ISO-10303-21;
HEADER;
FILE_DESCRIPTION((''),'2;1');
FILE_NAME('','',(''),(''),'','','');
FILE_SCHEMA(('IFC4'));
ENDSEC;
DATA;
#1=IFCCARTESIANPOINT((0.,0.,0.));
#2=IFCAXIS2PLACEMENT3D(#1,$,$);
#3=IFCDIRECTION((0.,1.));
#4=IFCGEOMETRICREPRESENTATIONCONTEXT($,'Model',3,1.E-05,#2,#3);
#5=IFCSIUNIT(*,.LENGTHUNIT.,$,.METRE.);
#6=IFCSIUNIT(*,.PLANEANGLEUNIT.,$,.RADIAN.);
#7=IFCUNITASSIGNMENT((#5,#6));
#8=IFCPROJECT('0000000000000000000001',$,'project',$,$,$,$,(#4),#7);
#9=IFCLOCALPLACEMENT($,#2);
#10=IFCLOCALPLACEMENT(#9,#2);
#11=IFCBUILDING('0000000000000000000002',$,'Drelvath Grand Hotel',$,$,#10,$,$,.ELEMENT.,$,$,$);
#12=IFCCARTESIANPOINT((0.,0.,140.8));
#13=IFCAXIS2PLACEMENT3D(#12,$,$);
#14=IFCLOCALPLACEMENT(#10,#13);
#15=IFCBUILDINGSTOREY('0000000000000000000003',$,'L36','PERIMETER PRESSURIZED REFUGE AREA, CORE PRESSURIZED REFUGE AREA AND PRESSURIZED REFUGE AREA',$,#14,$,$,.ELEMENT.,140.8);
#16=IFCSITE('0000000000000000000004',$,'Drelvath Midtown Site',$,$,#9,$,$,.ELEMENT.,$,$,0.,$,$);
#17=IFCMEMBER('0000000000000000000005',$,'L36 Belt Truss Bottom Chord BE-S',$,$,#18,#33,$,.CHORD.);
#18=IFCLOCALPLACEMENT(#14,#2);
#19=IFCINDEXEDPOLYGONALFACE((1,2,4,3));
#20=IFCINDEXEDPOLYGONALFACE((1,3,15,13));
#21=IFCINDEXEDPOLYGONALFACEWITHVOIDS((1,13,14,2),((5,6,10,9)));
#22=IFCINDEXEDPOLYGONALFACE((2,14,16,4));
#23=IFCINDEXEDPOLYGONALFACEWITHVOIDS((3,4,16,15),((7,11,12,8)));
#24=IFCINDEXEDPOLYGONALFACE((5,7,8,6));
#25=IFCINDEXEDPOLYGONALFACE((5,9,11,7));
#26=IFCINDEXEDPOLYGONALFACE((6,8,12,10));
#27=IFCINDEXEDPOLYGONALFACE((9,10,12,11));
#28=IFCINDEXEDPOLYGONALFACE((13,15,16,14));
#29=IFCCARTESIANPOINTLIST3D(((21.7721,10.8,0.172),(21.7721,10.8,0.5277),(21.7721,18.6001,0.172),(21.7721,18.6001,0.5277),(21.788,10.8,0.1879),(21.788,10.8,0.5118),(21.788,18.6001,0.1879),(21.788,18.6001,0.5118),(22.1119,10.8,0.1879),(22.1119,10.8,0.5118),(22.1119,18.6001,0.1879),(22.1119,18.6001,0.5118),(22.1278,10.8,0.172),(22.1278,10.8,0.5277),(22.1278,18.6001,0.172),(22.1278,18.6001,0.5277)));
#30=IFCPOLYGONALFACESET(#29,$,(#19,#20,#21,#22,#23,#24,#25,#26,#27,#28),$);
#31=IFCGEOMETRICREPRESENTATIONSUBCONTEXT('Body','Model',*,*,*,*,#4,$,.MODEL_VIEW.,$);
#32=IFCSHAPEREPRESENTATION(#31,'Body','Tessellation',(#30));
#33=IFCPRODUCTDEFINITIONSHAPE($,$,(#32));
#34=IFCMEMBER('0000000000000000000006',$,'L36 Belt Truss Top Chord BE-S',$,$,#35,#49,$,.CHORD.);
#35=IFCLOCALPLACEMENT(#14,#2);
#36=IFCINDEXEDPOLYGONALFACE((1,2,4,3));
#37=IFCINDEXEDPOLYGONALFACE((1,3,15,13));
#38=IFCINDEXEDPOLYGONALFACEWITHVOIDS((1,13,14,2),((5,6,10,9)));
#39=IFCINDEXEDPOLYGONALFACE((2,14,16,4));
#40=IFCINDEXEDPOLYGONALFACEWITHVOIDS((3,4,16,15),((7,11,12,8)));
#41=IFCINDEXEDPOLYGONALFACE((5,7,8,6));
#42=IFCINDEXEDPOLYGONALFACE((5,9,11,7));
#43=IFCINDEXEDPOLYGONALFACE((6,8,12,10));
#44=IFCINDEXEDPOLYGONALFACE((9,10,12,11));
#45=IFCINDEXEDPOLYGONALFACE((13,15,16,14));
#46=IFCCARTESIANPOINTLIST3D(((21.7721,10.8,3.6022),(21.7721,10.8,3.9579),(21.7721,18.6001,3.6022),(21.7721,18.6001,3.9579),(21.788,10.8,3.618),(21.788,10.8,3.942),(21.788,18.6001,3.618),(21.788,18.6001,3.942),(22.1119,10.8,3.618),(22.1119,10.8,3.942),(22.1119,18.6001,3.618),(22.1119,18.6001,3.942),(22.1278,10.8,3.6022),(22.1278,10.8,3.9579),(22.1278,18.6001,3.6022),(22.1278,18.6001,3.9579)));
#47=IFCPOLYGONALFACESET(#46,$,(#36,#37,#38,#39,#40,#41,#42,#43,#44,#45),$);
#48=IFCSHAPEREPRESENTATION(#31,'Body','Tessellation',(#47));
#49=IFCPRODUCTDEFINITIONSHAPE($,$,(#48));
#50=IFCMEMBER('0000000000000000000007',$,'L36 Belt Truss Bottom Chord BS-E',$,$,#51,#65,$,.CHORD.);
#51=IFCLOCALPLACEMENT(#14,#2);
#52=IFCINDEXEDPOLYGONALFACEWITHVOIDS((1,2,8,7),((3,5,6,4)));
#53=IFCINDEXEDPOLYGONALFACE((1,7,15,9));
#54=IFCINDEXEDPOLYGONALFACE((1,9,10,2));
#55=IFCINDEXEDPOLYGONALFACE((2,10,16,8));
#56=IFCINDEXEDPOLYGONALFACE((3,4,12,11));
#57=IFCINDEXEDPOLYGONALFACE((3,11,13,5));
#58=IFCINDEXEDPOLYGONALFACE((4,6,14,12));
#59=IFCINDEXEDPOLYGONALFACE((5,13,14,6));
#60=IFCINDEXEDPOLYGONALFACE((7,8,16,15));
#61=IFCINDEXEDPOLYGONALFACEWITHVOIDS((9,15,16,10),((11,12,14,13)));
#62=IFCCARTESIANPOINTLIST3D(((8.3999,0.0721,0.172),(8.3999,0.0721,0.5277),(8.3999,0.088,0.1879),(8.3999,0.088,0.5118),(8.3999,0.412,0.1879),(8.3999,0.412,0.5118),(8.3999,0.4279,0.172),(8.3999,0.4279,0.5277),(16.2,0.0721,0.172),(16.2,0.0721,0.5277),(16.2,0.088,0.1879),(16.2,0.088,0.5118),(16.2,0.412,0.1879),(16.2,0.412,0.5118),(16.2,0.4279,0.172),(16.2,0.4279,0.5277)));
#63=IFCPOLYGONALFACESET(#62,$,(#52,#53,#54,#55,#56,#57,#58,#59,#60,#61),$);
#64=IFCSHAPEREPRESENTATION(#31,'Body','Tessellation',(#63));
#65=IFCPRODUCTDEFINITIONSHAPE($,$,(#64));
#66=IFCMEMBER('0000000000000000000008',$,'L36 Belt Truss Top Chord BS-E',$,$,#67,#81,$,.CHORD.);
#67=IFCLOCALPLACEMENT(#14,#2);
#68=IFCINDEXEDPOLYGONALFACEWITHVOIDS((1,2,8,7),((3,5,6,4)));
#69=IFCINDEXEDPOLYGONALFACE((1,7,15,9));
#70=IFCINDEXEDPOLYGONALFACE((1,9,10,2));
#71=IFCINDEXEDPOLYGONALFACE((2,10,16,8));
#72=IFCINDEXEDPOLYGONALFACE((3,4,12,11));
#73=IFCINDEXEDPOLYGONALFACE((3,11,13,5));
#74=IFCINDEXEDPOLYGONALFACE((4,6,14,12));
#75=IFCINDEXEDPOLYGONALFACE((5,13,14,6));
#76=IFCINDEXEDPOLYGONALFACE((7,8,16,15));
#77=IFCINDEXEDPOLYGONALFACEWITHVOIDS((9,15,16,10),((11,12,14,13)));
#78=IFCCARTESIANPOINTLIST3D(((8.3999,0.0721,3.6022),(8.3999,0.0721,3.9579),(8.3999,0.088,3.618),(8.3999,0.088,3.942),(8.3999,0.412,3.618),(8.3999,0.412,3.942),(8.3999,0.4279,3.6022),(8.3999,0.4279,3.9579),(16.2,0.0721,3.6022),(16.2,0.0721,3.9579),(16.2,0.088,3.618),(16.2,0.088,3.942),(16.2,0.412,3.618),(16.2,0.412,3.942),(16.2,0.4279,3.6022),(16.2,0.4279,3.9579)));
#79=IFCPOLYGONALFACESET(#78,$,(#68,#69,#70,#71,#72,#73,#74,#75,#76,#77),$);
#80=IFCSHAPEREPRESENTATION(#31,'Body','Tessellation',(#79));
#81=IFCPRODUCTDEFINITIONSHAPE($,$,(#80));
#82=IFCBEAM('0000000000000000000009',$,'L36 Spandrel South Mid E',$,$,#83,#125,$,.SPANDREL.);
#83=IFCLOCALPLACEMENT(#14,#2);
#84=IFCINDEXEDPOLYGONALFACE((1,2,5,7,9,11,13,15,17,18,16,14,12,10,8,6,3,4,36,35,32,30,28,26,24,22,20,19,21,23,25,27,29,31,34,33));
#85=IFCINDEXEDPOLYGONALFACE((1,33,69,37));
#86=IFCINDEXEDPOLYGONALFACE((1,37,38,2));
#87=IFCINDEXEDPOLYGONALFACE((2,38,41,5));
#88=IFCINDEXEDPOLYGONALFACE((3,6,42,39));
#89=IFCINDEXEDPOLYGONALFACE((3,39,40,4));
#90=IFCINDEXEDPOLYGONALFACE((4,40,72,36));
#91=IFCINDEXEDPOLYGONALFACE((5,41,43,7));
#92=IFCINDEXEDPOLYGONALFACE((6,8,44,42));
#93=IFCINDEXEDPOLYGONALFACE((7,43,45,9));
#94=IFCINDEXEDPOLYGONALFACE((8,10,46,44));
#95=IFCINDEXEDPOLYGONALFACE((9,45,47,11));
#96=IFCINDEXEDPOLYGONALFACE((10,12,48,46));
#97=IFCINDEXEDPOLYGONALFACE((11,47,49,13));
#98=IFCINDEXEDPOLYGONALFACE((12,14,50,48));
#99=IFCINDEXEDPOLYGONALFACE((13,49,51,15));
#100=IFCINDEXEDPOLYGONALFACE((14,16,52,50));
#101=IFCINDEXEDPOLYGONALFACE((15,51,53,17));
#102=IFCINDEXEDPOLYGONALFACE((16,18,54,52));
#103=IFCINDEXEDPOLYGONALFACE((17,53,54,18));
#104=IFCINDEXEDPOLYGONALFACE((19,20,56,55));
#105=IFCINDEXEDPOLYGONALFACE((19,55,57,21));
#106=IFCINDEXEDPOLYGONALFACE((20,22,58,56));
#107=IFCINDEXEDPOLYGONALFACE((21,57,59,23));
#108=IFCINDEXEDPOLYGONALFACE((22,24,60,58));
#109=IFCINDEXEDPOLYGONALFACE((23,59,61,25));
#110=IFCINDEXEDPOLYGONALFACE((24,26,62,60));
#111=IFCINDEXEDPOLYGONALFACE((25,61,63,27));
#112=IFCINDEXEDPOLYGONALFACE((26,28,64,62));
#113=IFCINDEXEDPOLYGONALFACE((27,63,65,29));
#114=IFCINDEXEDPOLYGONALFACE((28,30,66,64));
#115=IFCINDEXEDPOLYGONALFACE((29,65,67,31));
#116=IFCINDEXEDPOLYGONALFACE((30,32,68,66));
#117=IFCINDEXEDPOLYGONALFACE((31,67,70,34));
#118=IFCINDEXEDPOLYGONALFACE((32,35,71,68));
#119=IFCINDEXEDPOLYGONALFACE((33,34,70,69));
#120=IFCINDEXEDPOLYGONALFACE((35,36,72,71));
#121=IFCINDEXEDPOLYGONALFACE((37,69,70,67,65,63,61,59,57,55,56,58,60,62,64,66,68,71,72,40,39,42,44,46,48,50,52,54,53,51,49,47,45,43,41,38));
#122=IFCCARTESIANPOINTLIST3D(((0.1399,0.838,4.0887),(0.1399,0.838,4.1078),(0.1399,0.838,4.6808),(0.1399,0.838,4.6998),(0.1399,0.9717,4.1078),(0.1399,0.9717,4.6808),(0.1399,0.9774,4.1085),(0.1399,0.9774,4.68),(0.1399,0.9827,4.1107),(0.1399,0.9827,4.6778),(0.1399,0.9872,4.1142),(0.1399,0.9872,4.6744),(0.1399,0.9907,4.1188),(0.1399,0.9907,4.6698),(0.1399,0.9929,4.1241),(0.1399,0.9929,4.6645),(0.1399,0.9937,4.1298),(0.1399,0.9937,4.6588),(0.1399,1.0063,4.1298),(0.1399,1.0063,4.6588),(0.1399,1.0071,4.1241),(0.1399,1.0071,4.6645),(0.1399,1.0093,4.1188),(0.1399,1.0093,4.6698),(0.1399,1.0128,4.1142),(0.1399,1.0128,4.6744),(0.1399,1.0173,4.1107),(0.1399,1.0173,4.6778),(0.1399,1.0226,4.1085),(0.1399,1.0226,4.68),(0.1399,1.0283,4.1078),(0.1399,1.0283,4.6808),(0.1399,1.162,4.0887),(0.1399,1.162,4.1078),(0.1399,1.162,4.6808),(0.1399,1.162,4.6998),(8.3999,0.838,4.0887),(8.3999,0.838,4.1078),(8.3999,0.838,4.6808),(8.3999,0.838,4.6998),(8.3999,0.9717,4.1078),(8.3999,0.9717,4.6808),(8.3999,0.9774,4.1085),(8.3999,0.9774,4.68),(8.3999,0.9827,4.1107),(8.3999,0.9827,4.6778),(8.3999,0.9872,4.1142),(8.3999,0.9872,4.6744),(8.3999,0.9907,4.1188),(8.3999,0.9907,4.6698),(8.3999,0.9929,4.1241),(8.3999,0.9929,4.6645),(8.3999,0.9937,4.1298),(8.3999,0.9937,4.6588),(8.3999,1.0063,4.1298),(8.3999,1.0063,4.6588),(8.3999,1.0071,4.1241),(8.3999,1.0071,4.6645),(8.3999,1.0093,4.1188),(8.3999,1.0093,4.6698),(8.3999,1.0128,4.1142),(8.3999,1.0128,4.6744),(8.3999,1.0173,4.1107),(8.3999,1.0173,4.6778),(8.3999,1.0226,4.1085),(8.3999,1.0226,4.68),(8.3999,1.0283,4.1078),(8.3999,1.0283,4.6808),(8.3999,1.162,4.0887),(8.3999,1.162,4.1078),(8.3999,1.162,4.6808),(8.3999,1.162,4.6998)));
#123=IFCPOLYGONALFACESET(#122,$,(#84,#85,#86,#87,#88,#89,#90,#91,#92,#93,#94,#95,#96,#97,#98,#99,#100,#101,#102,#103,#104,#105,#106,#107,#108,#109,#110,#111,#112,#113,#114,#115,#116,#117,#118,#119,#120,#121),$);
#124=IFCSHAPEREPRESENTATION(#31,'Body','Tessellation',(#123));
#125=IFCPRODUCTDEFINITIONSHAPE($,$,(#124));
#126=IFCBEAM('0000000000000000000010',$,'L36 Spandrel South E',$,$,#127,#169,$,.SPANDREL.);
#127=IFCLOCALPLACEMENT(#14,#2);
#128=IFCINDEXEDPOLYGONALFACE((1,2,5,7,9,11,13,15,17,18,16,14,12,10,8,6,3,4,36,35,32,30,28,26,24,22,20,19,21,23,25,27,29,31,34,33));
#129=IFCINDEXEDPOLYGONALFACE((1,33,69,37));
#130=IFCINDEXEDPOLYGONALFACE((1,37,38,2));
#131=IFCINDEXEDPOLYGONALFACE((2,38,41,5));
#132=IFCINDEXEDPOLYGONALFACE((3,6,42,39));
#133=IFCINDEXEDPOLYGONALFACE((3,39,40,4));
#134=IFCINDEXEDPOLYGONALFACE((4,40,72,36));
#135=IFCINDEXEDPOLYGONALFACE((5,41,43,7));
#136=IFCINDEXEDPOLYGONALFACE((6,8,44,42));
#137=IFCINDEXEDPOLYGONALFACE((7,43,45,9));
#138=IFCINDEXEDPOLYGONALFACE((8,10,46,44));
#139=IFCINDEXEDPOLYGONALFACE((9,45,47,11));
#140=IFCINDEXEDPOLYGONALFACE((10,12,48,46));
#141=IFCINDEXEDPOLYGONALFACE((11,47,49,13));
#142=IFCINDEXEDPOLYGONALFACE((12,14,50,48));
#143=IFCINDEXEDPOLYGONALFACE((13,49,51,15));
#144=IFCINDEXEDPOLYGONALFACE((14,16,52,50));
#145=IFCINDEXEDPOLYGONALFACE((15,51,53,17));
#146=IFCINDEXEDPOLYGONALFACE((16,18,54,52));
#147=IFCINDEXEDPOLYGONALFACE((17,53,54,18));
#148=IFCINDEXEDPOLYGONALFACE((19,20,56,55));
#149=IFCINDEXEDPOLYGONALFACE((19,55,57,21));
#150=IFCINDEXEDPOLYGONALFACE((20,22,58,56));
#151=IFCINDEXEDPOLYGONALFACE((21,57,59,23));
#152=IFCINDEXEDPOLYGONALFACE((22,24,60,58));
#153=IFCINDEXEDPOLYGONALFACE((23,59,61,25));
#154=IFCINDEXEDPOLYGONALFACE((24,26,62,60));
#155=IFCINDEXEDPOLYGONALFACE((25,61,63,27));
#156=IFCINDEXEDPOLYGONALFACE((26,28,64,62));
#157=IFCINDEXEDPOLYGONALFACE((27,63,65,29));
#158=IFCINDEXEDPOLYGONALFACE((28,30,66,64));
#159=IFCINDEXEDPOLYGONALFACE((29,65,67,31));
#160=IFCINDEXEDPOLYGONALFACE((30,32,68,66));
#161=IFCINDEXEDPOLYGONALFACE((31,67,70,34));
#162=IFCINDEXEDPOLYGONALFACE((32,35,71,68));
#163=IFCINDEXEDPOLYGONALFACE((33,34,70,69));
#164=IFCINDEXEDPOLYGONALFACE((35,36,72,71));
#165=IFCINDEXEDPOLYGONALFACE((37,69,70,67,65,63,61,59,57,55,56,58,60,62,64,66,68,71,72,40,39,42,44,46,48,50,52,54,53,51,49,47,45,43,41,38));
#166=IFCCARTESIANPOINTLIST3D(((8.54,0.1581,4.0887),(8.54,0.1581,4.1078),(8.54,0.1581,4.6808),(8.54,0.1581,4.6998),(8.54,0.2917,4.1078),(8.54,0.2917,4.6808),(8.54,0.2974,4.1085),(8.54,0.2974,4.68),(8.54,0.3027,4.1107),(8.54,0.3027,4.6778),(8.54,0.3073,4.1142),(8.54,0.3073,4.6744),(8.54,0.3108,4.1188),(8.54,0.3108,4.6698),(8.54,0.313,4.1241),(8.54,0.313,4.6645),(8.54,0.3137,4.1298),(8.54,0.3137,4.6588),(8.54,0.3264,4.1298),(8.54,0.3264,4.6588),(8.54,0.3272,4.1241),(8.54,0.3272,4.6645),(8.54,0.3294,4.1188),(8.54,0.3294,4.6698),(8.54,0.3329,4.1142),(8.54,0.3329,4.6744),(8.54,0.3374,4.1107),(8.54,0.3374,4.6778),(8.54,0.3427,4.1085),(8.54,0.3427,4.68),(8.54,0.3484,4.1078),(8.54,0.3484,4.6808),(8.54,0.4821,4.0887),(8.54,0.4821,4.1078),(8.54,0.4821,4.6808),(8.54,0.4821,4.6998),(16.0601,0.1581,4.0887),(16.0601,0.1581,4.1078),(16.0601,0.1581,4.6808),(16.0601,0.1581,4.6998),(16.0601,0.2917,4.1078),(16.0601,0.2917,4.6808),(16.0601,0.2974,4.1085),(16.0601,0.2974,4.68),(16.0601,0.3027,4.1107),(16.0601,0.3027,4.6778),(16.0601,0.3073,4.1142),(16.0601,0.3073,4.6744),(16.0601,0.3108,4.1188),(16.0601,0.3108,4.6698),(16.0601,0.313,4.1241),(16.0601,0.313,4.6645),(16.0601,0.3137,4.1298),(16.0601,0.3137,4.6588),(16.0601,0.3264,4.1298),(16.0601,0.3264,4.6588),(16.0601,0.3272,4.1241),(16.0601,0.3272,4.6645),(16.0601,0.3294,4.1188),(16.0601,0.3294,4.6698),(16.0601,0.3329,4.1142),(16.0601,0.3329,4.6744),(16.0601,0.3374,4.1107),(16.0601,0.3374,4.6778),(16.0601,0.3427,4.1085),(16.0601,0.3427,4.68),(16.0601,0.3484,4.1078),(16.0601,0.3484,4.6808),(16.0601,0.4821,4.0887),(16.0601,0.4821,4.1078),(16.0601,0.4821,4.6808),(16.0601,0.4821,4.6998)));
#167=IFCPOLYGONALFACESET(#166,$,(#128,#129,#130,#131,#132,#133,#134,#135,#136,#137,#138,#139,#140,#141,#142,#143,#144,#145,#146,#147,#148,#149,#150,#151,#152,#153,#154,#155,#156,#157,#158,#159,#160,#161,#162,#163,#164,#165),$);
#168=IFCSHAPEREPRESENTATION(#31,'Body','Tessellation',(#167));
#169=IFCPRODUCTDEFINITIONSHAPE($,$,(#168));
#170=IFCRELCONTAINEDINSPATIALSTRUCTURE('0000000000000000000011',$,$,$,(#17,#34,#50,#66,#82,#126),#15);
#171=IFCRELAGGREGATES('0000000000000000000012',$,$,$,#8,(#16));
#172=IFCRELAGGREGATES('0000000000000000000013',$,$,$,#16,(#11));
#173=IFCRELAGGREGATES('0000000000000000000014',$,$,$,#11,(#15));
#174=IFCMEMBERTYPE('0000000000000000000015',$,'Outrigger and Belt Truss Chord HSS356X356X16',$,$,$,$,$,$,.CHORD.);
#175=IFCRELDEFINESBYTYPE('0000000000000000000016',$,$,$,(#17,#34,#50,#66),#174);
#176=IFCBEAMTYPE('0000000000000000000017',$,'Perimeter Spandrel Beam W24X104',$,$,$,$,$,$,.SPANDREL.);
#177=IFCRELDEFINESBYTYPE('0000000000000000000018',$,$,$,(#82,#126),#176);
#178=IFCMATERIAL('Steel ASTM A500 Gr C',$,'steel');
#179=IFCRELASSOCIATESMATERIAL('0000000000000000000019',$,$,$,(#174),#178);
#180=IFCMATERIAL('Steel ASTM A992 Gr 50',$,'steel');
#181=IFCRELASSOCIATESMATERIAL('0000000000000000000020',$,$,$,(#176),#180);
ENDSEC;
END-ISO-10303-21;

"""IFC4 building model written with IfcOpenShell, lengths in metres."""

from ifc_helpers import new_model, si_unit, direction, frame, origin, origin_2d, place, context, subcontext, project, spatial, hollow_rectangle, i_section, extrude, material, material_profile, profile_set, type_object, element, save


model = new_model("IFC4")

# Units and contexts
model_context = context("Model", 3, precision=1e-05, world=origin(), true_north=direction((0.0, 1.0)))
body_context = subcontext(model_context, "Body", "Model", "MODEL_VIEW")
ifc_project = project(units=[si_unit("LENGTHUNIT", "METRE"), si_unit("PLANEANGLEUNIT", "RADIAN")], contexts=[model_context])

# Site, building, storey
site_placement = place(None, origin())
site = spatial("IfcSite", under=ifc_project, at=site_placement, Name="Drelvath Midtown Site", CompositionType="ELEMENT", RefElevation=0.0)
building_placement = place(site_placement, origin())
building = spatial("IfcBuilding", under=site, at=building_placement, Name="Drelvath Grand Hotel", CompositionType="ELEMENT")
storey_placement = place(building_placement, frame((0.0, 0.0, 140.8)))
storey = spatial("IfcBuildingStorey", under=building, at=storey_placement, Name="L36", Description="PERIMETER PRESSURIZED REFUGE AREA, CORE PRESSURIZED REFUGE AREA AND PRESSURIZED REFUGE AREA", CompositionType="ELEMENT", Elevation=140.8)

# Shared definitions
ifc_material_1 = material(Name="Steel ASTM A992 Gr 50", Category="steel")

# Members
ifc_material_2 = material(Name="Steel ASTM A500 Gr C", Category="steel")
ifc_material_profile_1 = material_profile(ifc_material_2, hollow_rectangle(XDim=0.3557, YDim=0.3557, WallThickness=0.0159, at=origin_2d()), Name="HSS356X356X16")
ifc_profile_set_1 = profile_set([ifc_material_profile_1], Name="Steel ASTM A500 Gr C")
member_type_1 = type_object("IfcMemberType", Name="Outrigger and Belt Truss Chord HSS356X356X16", PredefinedType="CHORD", material=ifc_profile_set_1)
for number, where, z_axis, x_axis, name in (
    (1, (21.95, 10.8, 0.3499), (0.0, 1.0, 0.0), (-1.0, 0.0, 0.0), "L36 Belt Truss Bottom Chord BE-S"),
    (2, (21.95, 10.8, 3.78), (0.0, 1.0, 0.0), (-1.0, 0.0, 0.0), "L36 Belt Truss Top Chord BE-S"),
    (3, (8.3999, 0.25, 0.3499), (1.0, 0.0, 0.0), (0.0, 1.0, 0.0), "L36 Belt Truss Bottom Chord BS-E"),
    (4, (8.3999, 0.25, 3.78), (1.0, 0.0, 0.0), (0.0, 1.0, 0.0), "L36 Belt Truss Top Chord BS-E"),
):
    element("IfcMember", number, at=place(storey_placement, frame(where, z_axis=z_axis, x_axis=x_axis)), inside=storey, type_object=member_type_1, Name=name, PredefinedType="CHORD", context=body_context, shape_type="SweptSolid", body=[
        extrude(hollow_rectangle(XDim=0.3557, YDim=0.3557, WallThickness=0.0159, at=origin_2d()), origin(), (0.0, 0.0, 1.0), 7.8),
    ])

# Beams
ifc_material_profile_2 = material_profile(ifc_material_1, i_section(OverallWidth=0.324, OverallDepth=0.6111, WebThickness=0.0127, FlangeThickness=0.019, FilletRadius=0.022, at=origin_2d()), Name="W24X104")
ifc_profile_set_2 = profile_set([ifc_material_profile_2], Name="Steel ASTM A992 Gr 50")
beam_type_1 = type_object("IfcBeamType", Name="Perimeter Spandrel Beam W24X104", PredefinedType="SPANDREL", material=ifc_profile_set_2)
beam_1_placement = place(storey_placement, frame((0.1399, 1.0, 4.3943), z_axis=(1.0, 0.0, 0.0), x_axis=(0.0, 1.0, 0.0)))
element("IfcBeam", 5, at=beam_1_placement, inside=storey, type_object=beam_type_1, Name="L36 Spandrel South Mid E", PredefinedType="SPANDREL", context=body_context, shape_type="SweptSolid", body=[
    extrude(i_section(OverallWidth=0.324, OverallDepth=0.6111, WebThickness=0.0127, FlangeThickness=0.019, FilletRadius=0.022, at=origin_2d()), origin(), (0.0, 0.0, 1.0), 8.26),
])
beam_2_placement = place(storey_placement, frame((8.54, 0.3201, 4.3943), z_axis=(1.0, 0.0, 0.0), x_axis=(0.0, 1.0, 0.0)))
element("IfcBeam", 6, at=beam_2_placement, inside=storey, type_object=beam_type_1, Name="L36 Spandrel South E", PredefinedType="SPANDREL", context=body_context, shape_type="SweptSolid", body=[
    extrude(i_section(OverallWidth=0.324, OverallDepth=0.6111, WebThickness=0.0127, FlangeThickness=0.019, FilletRadius=0.022, at=origin_2d()), origin(), (0.0, 0.0, 1.0), 7.52),
])

save(model, "model.ifc")
